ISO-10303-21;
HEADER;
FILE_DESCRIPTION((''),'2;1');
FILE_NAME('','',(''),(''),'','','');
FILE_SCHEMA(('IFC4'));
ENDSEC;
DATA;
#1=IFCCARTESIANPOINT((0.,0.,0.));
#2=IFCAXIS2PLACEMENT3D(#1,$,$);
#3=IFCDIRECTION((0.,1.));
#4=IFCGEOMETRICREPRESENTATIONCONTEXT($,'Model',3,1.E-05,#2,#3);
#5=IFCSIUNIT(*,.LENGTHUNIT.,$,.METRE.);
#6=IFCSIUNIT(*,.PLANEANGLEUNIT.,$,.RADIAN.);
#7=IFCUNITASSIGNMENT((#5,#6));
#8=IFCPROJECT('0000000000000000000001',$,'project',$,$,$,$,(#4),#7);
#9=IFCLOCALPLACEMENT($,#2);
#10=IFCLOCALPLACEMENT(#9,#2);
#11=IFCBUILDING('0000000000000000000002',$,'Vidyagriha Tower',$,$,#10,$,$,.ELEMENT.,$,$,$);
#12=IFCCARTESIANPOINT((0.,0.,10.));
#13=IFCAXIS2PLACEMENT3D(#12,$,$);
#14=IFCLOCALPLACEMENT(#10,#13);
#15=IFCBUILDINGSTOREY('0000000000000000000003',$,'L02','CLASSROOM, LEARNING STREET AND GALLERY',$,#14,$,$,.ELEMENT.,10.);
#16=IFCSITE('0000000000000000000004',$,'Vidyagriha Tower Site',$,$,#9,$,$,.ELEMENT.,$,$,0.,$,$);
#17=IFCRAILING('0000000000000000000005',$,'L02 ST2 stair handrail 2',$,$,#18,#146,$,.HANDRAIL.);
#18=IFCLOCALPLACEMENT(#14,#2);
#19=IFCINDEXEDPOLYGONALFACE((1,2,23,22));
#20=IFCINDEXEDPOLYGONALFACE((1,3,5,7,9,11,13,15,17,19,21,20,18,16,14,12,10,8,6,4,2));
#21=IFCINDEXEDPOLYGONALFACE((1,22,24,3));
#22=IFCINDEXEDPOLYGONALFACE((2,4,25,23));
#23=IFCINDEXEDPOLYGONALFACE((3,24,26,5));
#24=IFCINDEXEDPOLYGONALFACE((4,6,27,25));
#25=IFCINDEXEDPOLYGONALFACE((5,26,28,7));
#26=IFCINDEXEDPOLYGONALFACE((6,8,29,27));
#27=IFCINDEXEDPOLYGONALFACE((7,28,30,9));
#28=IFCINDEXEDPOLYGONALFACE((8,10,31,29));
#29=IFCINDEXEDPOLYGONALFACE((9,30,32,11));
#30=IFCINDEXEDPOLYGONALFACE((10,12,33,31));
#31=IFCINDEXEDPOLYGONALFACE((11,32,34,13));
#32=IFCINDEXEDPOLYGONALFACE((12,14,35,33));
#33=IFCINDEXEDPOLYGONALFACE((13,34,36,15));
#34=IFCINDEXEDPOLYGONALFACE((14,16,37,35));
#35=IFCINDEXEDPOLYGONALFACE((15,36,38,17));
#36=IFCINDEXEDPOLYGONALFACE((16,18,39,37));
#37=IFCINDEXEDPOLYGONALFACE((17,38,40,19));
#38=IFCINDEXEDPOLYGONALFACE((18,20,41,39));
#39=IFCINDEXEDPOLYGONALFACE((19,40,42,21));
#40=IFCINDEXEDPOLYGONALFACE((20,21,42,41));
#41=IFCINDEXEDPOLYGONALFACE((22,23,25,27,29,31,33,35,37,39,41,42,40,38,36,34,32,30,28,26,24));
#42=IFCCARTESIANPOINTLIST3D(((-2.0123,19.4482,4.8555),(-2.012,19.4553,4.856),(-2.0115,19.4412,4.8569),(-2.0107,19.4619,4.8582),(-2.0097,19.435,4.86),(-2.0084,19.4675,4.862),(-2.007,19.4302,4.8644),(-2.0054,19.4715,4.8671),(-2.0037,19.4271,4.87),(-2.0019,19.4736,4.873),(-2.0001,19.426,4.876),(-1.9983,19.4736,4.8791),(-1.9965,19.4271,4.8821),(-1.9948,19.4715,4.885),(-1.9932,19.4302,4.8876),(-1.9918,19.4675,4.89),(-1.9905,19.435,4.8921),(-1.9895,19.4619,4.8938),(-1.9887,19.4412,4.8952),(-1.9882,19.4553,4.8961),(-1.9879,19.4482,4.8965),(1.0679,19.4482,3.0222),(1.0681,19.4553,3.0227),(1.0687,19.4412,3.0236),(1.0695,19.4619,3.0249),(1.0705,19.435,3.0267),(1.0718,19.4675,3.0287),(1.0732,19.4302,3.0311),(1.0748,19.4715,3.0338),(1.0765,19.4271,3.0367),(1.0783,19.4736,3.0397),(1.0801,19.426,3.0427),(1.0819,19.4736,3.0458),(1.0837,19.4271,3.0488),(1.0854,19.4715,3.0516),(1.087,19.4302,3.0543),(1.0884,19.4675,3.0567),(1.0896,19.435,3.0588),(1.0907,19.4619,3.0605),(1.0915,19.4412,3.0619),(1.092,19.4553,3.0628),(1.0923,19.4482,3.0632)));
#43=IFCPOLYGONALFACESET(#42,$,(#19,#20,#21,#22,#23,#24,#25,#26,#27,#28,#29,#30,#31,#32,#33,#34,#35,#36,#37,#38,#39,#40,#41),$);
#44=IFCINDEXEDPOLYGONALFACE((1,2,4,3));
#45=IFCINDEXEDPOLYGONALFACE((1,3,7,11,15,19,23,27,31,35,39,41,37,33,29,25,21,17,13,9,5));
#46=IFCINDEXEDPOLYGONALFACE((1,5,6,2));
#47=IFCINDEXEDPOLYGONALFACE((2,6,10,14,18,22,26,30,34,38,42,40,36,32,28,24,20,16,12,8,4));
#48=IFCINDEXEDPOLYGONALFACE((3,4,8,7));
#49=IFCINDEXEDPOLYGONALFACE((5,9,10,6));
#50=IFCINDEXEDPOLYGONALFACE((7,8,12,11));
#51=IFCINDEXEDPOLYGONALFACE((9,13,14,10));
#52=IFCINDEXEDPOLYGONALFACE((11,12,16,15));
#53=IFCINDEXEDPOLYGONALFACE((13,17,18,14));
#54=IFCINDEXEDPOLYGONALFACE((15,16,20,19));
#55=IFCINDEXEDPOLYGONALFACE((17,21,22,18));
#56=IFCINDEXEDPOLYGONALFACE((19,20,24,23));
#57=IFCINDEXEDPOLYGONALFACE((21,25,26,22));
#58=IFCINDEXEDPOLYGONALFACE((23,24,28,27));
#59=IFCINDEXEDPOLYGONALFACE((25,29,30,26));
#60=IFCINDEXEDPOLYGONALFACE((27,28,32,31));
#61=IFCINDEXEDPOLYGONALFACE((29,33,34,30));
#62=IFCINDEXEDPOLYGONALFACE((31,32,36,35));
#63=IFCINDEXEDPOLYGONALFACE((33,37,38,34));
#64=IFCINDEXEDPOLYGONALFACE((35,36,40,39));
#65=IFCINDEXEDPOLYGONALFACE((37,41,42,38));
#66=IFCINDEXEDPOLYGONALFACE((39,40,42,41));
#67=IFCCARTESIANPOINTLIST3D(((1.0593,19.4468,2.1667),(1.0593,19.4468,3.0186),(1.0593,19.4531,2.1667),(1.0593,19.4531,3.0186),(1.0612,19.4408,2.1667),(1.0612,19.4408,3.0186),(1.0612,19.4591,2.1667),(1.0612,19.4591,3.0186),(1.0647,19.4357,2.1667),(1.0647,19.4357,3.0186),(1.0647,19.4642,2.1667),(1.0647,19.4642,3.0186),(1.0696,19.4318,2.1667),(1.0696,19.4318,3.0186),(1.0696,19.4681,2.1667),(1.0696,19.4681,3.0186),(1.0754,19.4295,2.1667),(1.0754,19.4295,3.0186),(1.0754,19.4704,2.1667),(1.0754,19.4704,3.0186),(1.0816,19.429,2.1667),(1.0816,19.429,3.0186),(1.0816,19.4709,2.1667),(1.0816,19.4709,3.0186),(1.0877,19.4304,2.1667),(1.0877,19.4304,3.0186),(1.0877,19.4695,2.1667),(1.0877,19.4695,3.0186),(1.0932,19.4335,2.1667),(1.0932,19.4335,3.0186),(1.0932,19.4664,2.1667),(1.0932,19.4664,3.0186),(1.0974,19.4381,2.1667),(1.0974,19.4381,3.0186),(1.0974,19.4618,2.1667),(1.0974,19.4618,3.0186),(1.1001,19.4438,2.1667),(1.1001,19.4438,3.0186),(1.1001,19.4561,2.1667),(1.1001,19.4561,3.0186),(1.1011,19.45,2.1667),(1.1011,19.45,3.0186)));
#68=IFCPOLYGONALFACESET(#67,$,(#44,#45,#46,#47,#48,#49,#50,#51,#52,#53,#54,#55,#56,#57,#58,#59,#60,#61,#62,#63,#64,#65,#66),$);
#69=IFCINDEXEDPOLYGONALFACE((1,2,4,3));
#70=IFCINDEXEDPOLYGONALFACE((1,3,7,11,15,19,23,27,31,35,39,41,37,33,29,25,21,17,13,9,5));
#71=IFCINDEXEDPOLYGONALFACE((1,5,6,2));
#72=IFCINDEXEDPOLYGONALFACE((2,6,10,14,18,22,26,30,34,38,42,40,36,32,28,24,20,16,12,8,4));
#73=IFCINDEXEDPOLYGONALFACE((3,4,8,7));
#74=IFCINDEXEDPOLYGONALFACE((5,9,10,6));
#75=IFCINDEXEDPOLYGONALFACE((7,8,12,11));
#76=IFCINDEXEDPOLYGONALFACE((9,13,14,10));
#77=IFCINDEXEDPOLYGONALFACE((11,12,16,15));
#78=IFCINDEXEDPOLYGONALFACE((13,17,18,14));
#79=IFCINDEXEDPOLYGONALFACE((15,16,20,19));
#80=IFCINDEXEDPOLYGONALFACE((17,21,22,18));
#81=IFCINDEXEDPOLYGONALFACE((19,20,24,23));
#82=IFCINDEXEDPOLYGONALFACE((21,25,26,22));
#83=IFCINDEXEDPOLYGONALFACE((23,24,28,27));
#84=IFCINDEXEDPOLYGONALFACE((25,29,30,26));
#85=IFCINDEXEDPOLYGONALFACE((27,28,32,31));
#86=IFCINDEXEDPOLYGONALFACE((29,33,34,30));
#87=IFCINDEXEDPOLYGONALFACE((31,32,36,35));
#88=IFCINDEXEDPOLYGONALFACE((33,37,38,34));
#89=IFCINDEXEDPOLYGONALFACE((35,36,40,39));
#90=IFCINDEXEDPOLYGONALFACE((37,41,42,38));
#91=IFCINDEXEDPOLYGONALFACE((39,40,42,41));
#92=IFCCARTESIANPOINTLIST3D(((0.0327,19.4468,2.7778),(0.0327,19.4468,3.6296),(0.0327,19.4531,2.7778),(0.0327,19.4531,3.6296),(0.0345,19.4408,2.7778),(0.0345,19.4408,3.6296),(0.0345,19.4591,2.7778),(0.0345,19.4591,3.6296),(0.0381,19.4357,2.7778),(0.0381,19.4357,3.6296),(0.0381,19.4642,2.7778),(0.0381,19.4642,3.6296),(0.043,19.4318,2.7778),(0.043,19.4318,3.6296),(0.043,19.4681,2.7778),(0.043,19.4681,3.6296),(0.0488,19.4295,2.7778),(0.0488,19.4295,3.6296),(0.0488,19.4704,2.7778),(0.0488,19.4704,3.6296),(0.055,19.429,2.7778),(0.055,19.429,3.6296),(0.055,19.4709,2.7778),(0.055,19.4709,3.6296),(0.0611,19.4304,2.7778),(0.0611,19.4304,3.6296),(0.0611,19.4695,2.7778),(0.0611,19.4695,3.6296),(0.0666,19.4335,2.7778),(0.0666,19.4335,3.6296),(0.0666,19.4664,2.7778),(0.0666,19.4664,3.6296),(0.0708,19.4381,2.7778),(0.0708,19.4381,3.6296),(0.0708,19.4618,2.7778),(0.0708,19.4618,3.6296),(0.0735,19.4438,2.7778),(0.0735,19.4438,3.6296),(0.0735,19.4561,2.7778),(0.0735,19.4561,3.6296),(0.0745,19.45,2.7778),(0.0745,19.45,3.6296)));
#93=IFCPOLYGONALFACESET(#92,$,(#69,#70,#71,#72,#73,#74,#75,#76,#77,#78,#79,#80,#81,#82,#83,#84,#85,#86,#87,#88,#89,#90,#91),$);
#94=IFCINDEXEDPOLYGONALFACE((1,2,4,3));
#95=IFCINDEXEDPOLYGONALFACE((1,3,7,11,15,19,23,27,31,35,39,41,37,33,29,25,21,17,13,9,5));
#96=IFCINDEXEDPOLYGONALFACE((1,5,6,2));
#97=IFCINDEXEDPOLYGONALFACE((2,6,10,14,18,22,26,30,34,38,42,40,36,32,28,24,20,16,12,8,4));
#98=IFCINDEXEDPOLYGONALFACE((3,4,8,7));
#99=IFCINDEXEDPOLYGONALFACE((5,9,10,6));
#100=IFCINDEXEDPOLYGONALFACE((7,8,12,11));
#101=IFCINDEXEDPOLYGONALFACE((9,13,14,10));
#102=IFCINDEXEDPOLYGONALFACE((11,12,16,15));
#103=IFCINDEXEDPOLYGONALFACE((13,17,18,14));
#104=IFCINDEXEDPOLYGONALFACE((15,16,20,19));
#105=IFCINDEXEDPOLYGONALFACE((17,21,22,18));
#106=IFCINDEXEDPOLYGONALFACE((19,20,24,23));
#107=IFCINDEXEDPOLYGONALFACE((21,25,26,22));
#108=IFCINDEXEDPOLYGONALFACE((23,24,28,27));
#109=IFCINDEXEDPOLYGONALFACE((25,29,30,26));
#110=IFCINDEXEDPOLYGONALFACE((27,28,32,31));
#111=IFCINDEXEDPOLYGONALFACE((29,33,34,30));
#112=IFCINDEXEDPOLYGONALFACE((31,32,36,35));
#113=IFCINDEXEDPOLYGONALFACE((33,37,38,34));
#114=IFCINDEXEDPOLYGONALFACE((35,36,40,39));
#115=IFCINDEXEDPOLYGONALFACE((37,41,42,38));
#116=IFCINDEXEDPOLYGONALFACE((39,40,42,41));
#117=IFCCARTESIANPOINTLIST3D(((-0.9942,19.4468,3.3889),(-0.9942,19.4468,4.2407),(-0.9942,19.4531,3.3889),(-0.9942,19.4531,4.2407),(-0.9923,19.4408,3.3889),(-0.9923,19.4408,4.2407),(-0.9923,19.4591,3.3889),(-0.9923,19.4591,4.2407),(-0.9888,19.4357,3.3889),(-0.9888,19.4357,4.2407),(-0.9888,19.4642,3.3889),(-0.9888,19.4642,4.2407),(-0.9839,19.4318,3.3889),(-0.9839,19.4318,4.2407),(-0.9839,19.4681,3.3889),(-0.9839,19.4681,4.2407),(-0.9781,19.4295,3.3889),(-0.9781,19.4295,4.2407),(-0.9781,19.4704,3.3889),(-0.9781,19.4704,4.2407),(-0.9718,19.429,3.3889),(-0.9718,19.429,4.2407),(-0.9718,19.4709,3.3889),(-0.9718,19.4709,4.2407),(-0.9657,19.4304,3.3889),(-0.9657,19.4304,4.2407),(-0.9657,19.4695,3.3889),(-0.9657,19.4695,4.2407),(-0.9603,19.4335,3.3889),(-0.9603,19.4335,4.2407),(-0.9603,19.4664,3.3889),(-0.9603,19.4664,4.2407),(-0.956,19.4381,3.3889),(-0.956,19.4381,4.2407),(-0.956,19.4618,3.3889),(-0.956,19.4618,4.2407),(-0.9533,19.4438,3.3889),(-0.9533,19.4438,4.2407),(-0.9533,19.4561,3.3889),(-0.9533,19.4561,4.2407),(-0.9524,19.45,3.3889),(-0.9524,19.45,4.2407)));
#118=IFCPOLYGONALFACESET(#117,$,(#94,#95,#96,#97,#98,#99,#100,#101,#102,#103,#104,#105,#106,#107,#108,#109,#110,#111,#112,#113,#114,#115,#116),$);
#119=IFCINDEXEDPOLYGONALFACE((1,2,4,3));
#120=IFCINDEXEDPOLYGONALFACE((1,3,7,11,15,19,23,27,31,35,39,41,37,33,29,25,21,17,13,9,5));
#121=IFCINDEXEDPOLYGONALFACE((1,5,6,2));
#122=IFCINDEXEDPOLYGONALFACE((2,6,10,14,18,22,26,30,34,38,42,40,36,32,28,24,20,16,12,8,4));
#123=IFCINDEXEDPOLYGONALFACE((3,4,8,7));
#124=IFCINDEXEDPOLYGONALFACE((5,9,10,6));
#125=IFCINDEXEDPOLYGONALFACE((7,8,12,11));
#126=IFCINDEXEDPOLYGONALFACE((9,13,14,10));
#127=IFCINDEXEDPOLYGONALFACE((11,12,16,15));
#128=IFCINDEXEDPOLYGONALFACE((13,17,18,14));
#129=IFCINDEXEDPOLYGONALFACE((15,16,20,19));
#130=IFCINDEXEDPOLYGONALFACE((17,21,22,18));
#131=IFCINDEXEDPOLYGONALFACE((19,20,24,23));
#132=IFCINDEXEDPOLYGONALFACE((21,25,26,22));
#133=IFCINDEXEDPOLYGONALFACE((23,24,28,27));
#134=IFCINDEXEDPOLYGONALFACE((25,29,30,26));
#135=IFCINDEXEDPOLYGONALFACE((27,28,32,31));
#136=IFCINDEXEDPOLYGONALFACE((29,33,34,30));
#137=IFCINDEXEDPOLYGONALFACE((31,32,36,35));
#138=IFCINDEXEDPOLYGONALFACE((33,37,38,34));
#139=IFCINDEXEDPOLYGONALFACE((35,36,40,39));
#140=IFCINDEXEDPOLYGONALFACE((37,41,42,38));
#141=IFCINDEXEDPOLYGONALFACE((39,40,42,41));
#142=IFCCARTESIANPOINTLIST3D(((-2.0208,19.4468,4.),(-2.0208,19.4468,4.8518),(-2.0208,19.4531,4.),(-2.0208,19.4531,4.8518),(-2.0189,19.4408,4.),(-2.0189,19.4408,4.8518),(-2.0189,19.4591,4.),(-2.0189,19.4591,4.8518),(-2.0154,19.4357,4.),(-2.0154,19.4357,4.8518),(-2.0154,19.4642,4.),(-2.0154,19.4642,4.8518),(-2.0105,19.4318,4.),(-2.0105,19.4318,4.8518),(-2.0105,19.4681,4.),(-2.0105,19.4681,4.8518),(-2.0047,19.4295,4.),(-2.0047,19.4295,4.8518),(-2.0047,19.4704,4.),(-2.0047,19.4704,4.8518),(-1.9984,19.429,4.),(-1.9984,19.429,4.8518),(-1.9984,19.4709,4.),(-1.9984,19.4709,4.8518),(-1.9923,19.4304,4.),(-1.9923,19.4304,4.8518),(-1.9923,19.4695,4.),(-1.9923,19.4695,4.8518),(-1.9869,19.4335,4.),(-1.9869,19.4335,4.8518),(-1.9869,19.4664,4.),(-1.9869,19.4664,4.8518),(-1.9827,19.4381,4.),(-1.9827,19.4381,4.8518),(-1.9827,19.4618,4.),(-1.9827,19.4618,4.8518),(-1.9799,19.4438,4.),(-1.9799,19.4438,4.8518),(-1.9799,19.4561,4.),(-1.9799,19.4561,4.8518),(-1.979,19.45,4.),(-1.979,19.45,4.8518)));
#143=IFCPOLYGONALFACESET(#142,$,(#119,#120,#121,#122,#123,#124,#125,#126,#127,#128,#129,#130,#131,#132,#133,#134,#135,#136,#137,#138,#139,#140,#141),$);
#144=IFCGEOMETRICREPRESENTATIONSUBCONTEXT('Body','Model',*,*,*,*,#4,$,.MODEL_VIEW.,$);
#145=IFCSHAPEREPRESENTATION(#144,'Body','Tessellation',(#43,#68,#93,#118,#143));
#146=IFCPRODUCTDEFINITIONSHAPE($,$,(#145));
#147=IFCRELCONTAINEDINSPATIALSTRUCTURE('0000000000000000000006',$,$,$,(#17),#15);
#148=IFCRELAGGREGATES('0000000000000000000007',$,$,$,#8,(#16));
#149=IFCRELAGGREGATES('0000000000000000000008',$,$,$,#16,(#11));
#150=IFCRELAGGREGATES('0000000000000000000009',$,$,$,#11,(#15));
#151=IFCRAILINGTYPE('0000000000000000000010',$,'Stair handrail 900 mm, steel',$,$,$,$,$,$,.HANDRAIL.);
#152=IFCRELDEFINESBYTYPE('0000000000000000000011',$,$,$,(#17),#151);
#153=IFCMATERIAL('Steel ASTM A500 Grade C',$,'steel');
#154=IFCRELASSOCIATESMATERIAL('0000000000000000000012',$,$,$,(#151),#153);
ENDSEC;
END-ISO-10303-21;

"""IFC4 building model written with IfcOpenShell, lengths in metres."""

from ifc_helpers import new_model, si_unit, direction, frame, origin, origin_2d, place, context, subcontext, project, spatial, circle, extrude, material, type_object, element, save


model = new_model("IFC4")

# Units and contexts
model_context = context("Model", 3, precision=1e-05, world=origin(), true_north=direction((0.0, 1.0)))
body_context = subcontext(model_context, "Body", "Model", "MODEL_VIEW")
ifc_project = project(units=[si_unit("LENGTHUNIT", "METRE"), si_unit("PLANEANGLEUNIT", "RADIAN")], contexts=[model_context])

# Site, building, storey
site_placement = place(None, origin())
site = spatial("IfcSite", under=ifc_project, at=site_placement, Name="Vidyagriha Tower Site", CompositionType="ELEMENT", RefElevation=0.0)
building_placement = place(site_placement, origin())
building = spatial("IfcBuilding", under=site, at=building_placement, Name="Vidyagriha Tower", CompositionType="ELEMENT")
storey_placement = place(building_placement, frame((0.0, 0.0, 10.0)))
storey = spatial("IfcBuildingStorey", under=building, at=storey_placement, Name="L02", Description="CLASSROOM, LEARNING STREET AND GALLERY", CompositionType="ELEMENT", Elevation=10.0)

# Railing
ifc_material_1 = material(Name="Steel ASTM A500 Grade C", Category="steel")
railing_type_1 = type_object("IfcRailingType", Name="Stair handrail 900 mm, steel", PredefinedType="HANDRAIL", material=ifc_material_1)
railing_1_placement = place(storey_placement, frame((1.0801, 19.45, 2.1667)))
element("IfcRailing", 1, at=railing_1_placement, inside=storey, type_object=railing_type_1, Name="L02 ST2 stair handrail 2", PredefinedType="HANDRAIL", context=body_context, shape_type="SweptSolid", body=[
    extrude(circle(Radius=0.0239, at=origin_2d()), frame((0.0, 0.0, 0.876), z_axis=(-0.859309, 0.0, 0.511458), x_axis=(0.0, -1.0, 0.0)), (0.0, 0.0, 1.0), 3.5845),
    extrude(circle(Radius=0.021, at=origin_2d()), origin(), (0.0, 0.0, 1.0), 0.8518),
    extrude(circle(Radius=0.021, at=origin_2d()), frame((-1.0266, 0.0, 0.6111)), (0.0, 0.0, 1.0), 0.8518),
    extrude(circle(Radius=0.021, at=origin_2d()), frame((-2.0535, 0.0, 1.2222)), (0.0, 0.0, 1.0), 0.8518),
    extrude(circle(Radius=0.021, at=origin_2d()), frame((-3.0801, 0.0, 1.8333)), (0.0, 0.0, 1.0), 0.8518),
])

save(model, "model.ifc")
